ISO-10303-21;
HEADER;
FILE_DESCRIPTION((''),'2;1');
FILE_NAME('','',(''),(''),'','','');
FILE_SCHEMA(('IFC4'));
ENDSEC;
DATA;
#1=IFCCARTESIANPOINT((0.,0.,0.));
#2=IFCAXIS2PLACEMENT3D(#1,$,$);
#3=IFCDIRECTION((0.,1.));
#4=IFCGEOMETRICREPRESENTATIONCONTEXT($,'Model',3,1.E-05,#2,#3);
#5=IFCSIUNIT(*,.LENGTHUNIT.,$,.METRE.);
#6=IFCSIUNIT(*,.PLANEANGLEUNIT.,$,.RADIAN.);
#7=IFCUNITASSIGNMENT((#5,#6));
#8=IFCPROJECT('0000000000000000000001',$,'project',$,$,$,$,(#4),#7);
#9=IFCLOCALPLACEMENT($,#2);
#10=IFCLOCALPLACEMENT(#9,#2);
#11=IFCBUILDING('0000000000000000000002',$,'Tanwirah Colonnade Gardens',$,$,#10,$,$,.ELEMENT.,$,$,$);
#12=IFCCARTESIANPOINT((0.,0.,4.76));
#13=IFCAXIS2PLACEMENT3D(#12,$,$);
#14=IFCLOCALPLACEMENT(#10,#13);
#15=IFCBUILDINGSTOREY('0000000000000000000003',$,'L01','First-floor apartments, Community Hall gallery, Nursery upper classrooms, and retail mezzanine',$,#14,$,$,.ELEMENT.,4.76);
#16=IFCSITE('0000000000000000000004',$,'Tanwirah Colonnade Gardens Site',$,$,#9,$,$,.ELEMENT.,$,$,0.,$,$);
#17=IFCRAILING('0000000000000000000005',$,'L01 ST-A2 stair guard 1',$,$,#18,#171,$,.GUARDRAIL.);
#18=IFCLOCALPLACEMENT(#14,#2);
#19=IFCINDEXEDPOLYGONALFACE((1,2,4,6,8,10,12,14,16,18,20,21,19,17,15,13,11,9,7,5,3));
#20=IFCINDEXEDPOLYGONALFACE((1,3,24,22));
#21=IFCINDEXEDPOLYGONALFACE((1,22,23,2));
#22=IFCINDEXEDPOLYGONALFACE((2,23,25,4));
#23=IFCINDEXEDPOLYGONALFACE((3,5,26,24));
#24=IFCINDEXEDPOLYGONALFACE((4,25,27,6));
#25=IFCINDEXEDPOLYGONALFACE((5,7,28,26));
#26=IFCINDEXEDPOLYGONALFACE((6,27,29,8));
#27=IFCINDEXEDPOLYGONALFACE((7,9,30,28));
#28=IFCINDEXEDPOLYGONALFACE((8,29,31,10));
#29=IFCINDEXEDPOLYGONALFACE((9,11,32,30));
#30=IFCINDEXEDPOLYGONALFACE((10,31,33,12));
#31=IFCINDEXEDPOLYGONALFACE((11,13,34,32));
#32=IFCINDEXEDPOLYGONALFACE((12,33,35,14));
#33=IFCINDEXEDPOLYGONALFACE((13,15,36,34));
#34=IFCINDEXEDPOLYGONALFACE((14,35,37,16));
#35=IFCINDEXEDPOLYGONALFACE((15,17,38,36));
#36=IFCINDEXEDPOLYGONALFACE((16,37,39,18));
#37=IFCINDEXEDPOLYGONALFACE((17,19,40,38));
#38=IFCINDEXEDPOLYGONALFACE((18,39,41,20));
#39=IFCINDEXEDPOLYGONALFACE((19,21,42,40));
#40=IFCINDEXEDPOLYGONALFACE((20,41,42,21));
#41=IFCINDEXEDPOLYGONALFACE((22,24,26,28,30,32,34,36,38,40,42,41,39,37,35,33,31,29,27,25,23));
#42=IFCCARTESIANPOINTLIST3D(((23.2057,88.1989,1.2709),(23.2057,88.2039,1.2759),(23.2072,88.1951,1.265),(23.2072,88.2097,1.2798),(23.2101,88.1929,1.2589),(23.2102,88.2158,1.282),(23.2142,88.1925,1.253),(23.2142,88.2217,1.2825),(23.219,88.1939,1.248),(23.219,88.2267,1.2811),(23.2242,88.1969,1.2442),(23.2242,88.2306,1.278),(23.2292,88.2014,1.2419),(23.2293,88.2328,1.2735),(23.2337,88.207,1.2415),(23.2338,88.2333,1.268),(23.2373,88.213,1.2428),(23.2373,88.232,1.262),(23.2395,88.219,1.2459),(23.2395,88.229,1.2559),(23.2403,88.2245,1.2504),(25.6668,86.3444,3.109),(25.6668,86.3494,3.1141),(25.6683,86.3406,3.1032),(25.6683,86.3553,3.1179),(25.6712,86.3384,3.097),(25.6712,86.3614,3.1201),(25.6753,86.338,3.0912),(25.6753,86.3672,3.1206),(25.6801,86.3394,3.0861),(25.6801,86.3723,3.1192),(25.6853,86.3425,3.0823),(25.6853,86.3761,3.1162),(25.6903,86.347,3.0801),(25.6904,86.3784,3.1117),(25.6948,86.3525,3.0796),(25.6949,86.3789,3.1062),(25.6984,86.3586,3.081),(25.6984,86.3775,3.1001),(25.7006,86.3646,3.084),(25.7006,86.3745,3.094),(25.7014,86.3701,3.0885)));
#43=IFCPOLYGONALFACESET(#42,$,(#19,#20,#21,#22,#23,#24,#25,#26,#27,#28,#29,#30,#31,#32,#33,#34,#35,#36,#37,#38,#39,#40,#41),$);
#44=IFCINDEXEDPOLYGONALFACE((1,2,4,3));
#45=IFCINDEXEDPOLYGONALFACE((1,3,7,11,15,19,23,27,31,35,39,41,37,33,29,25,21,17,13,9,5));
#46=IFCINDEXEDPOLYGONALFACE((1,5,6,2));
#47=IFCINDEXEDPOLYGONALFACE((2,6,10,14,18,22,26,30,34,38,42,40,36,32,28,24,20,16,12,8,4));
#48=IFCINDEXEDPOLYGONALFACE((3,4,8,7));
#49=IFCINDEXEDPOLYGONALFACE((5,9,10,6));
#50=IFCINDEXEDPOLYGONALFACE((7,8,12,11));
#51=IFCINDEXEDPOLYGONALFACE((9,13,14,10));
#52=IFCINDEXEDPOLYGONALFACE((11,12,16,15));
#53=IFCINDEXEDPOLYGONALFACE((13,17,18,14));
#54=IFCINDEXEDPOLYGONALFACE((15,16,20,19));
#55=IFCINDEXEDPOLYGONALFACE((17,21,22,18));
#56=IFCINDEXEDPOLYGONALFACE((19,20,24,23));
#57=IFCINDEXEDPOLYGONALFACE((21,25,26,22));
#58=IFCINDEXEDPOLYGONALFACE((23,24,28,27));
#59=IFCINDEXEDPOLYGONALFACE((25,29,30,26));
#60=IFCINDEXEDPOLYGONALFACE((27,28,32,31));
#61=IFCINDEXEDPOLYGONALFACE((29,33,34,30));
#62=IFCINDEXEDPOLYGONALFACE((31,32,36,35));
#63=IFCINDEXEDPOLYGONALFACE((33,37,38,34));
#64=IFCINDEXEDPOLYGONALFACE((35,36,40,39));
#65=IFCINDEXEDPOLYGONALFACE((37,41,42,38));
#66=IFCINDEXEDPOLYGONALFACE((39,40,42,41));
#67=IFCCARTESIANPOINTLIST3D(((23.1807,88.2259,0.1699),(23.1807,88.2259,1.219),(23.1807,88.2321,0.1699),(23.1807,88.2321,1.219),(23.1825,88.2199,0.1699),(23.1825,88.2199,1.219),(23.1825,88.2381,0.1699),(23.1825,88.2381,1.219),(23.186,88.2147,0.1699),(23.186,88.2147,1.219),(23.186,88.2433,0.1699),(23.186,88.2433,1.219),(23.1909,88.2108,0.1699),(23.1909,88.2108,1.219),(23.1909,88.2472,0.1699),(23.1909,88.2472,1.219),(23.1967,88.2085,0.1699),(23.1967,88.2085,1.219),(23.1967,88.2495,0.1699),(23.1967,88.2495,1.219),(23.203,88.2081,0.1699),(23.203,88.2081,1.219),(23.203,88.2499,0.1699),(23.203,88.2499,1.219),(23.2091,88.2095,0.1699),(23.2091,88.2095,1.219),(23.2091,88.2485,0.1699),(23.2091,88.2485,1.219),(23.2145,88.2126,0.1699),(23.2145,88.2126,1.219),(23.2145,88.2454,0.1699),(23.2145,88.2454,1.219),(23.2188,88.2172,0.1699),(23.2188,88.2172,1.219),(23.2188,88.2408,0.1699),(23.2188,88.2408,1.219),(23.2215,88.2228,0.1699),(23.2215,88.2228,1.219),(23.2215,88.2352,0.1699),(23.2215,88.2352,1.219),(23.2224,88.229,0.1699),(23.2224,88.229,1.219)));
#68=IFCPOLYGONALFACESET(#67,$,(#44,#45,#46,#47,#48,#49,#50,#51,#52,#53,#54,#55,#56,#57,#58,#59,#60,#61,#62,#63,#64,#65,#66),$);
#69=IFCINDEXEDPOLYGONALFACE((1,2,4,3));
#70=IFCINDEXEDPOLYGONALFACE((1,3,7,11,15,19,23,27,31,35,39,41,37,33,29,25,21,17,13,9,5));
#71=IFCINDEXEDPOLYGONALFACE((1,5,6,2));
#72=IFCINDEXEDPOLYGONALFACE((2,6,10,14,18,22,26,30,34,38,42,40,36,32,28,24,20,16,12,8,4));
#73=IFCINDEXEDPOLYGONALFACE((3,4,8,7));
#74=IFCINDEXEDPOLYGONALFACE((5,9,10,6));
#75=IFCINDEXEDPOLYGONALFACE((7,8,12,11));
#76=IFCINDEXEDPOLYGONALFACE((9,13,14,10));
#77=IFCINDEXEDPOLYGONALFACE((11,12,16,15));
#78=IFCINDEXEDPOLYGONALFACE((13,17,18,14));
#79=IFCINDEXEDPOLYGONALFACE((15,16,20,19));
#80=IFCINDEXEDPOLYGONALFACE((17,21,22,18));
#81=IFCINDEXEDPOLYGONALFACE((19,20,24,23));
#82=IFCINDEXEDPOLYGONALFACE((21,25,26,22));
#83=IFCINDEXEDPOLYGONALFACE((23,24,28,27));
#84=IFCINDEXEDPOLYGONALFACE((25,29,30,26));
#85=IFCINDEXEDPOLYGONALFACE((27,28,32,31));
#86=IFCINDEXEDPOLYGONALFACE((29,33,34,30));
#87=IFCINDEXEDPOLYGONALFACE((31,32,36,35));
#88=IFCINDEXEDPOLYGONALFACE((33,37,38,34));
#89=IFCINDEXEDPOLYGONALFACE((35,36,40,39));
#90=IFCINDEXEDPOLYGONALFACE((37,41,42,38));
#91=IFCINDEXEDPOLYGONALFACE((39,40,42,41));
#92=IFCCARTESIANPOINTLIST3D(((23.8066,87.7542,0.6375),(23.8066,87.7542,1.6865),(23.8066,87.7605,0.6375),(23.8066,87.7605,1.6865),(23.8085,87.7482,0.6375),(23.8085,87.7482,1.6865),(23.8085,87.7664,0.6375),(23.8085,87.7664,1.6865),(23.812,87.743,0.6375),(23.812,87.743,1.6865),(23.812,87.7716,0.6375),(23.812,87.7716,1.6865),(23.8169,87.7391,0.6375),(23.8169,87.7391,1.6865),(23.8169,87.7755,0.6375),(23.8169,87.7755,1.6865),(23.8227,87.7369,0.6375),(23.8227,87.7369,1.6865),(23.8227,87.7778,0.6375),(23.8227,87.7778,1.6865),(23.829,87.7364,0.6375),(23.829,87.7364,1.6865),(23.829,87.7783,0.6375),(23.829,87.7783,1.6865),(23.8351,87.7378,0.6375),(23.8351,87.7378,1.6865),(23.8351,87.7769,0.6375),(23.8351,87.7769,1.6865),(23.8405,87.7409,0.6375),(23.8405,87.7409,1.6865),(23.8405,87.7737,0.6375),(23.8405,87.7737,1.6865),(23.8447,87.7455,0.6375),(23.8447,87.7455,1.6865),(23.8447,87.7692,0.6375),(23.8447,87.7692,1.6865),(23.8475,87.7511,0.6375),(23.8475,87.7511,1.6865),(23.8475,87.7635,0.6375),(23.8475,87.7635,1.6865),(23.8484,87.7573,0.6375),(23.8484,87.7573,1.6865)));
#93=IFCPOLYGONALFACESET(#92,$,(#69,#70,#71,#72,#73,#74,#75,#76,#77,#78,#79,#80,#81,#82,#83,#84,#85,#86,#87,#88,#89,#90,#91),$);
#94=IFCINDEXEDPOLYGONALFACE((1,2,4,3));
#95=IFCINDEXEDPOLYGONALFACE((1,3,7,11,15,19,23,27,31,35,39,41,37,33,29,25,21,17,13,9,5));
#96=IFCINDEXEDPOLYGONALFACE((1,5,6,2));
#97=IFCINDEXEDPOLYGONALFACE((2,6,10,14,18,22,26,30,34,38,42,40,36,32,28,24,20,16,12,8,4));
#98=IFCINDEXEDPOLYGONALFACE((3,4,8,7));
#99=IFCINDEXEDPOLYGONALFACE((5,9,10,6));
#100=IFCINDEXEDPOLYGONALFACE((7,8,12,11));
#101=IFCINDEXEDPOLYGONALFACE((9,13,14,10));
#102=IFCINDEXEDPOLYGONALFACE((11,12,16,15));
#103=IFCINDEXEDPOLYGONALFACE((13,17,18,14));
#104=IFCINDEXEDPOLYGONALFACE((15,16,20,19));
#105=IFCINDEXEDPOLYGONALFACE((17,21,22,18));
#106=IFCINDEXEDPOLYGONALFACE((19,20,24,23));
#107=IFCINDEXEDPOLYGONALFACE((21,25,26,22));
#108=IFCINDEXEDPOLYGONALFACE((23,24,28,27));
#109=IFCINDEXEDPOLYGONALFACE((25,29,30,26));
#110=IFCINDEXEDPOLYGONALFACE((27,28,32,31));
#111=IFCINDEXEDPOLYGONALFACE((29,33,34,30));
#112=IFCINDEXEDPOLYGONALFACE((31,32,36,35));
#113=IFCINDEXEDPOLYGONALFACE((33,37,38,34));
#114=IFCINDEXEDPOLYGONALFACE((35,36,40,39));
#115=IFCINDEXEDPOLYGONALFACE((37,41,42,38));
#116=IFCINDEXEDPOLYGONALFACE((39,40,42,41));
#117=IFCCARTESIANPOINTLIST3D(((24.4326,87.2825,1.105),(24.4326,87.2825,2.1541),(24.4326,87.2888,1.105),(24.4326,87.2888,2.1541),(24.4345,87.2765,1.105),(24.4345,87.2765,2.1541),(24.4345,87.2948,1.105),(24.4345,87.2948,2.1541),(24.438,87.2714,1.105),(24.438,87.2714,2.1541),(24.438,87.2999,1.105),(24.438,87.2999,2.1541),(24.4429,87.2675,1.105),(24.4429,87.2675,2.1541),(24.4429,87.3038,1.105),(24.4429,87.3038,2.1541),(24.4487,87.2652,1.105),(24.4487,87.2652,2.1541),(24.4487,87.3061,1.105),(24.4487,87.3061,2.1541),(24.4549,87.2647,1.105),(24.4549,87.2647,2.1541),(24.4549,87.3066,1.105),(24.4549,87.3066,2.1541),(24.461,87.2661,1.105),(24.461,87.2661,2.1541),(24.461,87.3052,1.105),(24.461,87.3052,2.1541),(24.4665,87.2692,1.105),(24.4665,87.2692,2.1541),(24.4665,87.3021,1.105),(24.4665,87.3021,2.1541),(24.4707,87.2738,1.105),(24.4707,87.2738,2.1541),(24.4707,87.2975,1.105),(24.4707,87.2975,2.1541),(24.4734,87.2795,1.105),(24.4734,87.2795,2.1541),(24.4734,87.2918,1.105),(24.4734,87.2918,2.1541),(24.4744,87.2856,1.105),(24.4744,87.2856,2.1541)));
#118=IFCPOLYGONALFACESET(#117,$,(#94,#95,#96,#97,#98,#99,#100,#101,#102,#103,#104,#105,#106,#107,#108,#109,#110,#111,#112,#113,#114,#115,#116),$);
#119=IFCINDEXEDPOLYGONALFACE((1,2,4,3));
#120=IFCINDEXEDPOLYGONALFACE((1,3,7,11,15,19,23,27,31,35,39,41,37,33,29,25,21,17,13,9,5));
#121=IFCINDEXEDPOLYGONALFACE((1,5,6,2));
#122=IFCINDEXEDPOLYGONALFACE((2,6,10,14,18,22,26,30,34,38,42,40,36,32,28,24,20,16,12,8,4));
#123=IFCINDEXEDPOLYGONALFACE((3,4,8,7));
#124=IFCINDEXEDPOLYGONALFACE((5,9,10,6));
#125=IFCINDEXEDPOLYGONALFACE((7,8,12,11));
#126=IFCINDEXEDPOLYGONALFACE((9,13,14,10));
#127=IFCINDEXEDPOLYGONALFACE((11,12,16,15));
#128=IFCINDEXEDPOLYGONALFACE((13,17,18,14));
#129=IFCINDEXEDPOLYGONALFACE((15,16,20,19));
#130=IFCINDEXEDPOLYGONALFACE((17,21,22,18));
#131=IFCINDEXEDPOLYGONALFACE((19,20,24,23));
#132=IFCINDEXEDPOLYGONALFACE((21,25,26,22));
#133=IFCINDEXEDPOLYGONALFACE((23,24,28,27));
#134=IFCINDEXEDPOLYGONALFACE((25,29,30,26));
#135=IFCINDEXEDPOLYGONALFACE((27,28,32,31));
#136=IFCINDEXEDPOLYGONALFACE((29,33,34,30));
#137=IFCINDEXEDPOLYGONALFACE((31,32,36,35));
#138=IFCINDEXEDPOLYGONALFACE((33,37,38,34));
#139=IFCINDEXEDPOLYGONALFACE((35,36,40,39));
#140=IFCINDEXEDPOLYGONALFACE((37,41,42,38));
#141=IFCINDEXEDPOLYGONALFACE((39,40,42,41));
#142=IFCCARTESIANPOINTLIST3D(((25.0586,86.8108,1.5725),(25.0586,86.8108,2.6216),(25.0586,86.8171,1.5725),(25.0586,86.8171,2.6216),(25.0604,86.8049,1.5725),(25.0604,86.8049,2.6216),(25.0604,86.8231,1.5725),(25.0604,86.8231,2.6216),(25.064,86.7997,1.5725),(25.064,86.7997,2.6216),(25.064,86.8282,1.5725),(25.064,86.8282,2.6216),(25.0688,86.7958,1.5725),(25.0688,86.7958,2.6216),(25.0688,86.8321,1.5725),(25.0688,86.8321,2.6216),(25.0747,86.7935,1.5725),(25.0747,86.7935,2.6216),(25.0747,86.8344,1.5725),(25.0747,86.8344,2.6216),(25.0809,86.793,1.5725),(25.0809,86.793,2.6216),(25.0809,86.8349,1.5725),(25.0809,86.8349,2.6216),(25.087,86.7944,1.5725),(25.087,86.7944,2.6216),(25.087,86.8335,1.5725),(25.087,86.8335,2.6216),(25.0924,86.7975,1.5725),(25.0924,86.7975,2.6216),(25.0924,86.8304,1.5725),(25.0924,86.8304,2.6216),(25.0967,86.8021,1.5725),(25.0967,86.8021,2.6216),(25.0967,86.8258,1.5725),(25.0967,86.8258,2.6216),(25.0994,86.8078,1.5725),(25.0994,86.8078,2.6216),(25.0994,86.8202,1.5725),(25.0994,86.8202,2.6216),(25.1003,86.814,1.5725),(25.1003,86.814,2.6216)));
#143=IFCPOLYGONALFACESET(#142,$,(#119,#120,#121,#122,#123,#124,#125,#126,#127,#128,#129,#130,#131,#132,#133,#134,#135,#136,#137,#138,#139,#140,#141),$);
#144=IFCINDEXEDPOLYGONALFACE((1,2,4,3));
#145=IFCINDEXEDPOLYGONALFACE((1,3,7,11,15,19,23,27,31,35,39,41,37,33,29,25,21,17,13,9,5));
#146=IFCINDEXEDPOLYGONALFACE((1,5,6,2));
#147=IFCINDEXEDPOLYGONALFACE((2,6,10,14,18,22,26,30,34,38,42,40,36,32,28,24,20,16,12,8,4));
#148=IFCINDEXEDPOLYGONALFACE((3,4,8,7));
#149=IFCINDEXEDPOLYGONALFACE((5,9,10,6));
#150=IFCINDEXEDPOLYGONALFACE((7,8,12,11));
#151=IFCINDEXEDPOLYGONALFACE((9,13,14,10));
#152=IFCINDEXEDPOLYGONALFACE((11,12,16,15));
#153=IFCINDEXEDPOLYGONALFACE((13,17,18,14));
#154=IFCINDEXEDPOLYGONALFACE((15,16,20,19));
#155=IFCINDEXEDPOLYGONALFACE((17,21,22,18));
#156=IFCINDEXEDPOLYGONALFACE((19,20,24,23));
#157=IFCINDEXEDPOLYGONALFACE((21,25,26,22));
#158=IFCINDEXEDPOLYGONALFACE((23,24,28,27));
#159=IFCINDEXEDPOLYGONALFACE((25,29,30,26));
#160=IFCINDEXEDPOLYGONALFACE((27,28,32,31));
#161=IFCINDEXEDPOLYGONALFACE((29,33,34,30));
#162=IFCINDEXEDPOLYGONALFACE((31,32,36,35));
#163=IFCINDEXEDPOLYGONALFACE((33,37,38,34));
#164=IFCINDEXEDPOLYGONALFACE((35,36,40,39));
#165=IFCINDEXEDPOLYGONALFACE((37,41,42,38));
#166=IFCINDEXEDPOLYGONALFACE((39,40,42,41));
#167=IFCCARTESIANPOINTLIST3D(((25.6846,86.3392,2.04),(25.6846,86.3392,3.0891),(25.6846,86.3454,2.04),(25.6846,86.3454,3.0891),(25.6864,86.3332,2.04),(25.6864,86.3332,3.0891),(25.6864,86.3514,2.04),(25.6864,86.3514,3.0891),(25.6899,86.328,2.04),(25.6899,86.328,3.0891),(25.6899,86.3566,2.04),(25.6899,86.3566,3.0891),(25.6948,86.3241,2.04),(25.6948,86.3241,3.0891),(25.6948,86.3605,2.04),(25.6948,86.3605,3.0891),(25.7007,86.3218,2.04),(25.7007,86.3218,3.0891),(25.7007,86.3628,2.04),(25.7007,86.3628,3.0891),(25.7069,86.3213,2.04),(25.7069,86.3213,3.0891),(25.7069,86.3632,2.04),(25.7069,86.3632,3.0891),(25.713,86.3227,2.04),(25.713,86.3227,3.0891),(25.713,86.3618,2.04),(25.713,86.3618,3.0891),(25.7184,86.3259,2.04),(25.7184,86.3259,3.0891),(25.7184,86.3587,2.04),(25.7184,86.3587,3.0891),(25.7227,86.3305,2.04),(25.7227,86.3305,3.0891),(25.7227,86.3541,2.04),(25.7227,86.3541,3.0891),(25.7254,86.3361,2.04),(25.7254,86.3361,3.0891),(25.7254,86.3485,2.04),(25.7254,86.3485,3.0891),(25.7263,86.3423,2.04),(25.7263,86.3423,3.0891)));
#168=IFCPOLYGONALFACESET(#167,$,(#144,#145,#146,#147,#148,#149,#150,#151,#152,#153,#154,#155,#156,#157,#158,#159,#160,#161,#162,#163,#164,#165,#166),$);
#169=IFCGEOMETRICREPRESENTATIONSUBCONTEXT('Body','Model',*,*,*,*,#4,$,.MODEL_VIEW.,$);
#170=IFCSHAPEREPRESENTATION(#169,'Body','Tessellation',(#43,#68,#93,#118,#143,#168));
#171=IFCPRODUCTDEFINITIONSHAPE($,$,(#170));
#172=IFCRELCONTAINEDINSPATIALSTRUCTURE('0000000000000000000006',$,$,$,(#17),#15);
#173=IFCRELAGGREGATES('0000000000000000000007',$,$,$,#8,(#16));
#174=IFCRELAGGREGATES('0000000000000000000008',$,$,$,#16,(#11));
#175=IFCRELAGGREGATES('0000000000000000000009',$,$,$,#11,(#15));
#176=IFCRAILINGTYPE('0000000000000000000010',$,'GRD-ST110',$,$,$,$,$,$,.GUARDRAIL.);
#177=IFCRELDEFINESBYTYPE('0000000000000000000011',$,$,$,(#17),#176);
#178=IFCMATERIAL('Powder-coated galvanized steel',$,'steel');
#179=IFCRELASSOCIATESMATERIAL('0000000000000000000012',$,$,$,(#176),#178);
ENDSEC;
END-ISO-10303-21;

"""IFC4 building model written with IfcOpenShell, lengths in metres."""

from ifc_helpers import new_model, si_unit, direction, frame, origin, origin_2d, place, context, subcontext, project, spatial, circle, extrude, material, type_object, element, save


model = new_model("IFC4")

# Units and contexts
model_context = context("Model", 3, precision=1e-05, world=origin(), true_north=direction((0.0, 1.0)))
body_context = subcontext(model_context, "Body", "Model", "MODEL_VIEW")
ifc_project = project(units=[si_unit("LENGTHUNIT", "METRE"), si_unit("PLANEANGLEUNIT", "RADIAN")], contexts=[model_context])

# Site, building, storey
site_placement = place(None, origin())
site = spatial("IfcSite", under=ifc_project, at=site_placement, Name="Tanwirah Colonnade Gardens Site", CompositionType="ELEMENT", RefElevation=0.0)
building_placement = place(site_placement, origin())
building = spatial("IfcBuilding", under=site, at=building_placement, Name="Tanwirah Colonnade Gardens", CompositionType="ELEMENT")
storey_placement = place(building_placement, frame((0.0, 0.0, 4.76)))
storey = spatial("IfcBuildingStorey", under=building, at=storey_placement, Name="L01", Description="First-floor apartments, Community Hall gallery, Nursery upper classrooms, and retail mezzanine", CompositionType="ELEMENT", Elevation=4.76)

# Railing
ifc_material_1 = material(Name="Powder-coated galvanized steel", Category="steel")
railing_type_1 = type_object("IfcRailingType", Name="GRD-ST110", PredefinedType="GUARDRAIL", material=ifc_material_1)
railing_1_placement = place(storey_placement, frame((23.2014, 88.229, 0.1699)))
element("IfcRailing", 1, at=railing_1_placement, inside=storey, type_object=railing_type_1, Name="L01 ST-A2 stair guard 1", PredefinedType="GUARDRAIL", context=body_context, shape_type="SweptSolid", body=[
    extrude(circle(Radius=0.0239, at=origin_2d()), frame((0.0215, -0.0161, 1.092), z_axis=(0.685896, -0.51683, 0.512282), x_axis=(0.601793, 0.798652, 0.0)), (0.0, 0.0, 1.0), 3.5881),
    extrude(circle(Radius=0.021, at=origin_2d()), origin(), (0.0, 0.0, 1.0), 1.0491),
    extrude(circle(Radius=0.021, at=origin_2d()), frame((0.626, -0.4717, 0.4675)), (0.0, 0.0, 1.0), 1.0491),
    extrude(circle(Radius=0.021, at=origin_2d()), frame((1.252, -0.9434, 0.9351)), (0.0, 0.0, 1.0), 1.0491),
    extrude(circle(Radius=0.021, at=origin_2d()), frame((1.8779, -1.415, 1.4026)), (0.0, 0.0, 1.0), 1.0491),
    extrude(circle(Radius=0.021, at=origin_2d()), frame((2.5039, -1.8867, 1.8701)), (0.0, 0.0, 1.0), 1.0491),
])

save(model, "model.ifc")
